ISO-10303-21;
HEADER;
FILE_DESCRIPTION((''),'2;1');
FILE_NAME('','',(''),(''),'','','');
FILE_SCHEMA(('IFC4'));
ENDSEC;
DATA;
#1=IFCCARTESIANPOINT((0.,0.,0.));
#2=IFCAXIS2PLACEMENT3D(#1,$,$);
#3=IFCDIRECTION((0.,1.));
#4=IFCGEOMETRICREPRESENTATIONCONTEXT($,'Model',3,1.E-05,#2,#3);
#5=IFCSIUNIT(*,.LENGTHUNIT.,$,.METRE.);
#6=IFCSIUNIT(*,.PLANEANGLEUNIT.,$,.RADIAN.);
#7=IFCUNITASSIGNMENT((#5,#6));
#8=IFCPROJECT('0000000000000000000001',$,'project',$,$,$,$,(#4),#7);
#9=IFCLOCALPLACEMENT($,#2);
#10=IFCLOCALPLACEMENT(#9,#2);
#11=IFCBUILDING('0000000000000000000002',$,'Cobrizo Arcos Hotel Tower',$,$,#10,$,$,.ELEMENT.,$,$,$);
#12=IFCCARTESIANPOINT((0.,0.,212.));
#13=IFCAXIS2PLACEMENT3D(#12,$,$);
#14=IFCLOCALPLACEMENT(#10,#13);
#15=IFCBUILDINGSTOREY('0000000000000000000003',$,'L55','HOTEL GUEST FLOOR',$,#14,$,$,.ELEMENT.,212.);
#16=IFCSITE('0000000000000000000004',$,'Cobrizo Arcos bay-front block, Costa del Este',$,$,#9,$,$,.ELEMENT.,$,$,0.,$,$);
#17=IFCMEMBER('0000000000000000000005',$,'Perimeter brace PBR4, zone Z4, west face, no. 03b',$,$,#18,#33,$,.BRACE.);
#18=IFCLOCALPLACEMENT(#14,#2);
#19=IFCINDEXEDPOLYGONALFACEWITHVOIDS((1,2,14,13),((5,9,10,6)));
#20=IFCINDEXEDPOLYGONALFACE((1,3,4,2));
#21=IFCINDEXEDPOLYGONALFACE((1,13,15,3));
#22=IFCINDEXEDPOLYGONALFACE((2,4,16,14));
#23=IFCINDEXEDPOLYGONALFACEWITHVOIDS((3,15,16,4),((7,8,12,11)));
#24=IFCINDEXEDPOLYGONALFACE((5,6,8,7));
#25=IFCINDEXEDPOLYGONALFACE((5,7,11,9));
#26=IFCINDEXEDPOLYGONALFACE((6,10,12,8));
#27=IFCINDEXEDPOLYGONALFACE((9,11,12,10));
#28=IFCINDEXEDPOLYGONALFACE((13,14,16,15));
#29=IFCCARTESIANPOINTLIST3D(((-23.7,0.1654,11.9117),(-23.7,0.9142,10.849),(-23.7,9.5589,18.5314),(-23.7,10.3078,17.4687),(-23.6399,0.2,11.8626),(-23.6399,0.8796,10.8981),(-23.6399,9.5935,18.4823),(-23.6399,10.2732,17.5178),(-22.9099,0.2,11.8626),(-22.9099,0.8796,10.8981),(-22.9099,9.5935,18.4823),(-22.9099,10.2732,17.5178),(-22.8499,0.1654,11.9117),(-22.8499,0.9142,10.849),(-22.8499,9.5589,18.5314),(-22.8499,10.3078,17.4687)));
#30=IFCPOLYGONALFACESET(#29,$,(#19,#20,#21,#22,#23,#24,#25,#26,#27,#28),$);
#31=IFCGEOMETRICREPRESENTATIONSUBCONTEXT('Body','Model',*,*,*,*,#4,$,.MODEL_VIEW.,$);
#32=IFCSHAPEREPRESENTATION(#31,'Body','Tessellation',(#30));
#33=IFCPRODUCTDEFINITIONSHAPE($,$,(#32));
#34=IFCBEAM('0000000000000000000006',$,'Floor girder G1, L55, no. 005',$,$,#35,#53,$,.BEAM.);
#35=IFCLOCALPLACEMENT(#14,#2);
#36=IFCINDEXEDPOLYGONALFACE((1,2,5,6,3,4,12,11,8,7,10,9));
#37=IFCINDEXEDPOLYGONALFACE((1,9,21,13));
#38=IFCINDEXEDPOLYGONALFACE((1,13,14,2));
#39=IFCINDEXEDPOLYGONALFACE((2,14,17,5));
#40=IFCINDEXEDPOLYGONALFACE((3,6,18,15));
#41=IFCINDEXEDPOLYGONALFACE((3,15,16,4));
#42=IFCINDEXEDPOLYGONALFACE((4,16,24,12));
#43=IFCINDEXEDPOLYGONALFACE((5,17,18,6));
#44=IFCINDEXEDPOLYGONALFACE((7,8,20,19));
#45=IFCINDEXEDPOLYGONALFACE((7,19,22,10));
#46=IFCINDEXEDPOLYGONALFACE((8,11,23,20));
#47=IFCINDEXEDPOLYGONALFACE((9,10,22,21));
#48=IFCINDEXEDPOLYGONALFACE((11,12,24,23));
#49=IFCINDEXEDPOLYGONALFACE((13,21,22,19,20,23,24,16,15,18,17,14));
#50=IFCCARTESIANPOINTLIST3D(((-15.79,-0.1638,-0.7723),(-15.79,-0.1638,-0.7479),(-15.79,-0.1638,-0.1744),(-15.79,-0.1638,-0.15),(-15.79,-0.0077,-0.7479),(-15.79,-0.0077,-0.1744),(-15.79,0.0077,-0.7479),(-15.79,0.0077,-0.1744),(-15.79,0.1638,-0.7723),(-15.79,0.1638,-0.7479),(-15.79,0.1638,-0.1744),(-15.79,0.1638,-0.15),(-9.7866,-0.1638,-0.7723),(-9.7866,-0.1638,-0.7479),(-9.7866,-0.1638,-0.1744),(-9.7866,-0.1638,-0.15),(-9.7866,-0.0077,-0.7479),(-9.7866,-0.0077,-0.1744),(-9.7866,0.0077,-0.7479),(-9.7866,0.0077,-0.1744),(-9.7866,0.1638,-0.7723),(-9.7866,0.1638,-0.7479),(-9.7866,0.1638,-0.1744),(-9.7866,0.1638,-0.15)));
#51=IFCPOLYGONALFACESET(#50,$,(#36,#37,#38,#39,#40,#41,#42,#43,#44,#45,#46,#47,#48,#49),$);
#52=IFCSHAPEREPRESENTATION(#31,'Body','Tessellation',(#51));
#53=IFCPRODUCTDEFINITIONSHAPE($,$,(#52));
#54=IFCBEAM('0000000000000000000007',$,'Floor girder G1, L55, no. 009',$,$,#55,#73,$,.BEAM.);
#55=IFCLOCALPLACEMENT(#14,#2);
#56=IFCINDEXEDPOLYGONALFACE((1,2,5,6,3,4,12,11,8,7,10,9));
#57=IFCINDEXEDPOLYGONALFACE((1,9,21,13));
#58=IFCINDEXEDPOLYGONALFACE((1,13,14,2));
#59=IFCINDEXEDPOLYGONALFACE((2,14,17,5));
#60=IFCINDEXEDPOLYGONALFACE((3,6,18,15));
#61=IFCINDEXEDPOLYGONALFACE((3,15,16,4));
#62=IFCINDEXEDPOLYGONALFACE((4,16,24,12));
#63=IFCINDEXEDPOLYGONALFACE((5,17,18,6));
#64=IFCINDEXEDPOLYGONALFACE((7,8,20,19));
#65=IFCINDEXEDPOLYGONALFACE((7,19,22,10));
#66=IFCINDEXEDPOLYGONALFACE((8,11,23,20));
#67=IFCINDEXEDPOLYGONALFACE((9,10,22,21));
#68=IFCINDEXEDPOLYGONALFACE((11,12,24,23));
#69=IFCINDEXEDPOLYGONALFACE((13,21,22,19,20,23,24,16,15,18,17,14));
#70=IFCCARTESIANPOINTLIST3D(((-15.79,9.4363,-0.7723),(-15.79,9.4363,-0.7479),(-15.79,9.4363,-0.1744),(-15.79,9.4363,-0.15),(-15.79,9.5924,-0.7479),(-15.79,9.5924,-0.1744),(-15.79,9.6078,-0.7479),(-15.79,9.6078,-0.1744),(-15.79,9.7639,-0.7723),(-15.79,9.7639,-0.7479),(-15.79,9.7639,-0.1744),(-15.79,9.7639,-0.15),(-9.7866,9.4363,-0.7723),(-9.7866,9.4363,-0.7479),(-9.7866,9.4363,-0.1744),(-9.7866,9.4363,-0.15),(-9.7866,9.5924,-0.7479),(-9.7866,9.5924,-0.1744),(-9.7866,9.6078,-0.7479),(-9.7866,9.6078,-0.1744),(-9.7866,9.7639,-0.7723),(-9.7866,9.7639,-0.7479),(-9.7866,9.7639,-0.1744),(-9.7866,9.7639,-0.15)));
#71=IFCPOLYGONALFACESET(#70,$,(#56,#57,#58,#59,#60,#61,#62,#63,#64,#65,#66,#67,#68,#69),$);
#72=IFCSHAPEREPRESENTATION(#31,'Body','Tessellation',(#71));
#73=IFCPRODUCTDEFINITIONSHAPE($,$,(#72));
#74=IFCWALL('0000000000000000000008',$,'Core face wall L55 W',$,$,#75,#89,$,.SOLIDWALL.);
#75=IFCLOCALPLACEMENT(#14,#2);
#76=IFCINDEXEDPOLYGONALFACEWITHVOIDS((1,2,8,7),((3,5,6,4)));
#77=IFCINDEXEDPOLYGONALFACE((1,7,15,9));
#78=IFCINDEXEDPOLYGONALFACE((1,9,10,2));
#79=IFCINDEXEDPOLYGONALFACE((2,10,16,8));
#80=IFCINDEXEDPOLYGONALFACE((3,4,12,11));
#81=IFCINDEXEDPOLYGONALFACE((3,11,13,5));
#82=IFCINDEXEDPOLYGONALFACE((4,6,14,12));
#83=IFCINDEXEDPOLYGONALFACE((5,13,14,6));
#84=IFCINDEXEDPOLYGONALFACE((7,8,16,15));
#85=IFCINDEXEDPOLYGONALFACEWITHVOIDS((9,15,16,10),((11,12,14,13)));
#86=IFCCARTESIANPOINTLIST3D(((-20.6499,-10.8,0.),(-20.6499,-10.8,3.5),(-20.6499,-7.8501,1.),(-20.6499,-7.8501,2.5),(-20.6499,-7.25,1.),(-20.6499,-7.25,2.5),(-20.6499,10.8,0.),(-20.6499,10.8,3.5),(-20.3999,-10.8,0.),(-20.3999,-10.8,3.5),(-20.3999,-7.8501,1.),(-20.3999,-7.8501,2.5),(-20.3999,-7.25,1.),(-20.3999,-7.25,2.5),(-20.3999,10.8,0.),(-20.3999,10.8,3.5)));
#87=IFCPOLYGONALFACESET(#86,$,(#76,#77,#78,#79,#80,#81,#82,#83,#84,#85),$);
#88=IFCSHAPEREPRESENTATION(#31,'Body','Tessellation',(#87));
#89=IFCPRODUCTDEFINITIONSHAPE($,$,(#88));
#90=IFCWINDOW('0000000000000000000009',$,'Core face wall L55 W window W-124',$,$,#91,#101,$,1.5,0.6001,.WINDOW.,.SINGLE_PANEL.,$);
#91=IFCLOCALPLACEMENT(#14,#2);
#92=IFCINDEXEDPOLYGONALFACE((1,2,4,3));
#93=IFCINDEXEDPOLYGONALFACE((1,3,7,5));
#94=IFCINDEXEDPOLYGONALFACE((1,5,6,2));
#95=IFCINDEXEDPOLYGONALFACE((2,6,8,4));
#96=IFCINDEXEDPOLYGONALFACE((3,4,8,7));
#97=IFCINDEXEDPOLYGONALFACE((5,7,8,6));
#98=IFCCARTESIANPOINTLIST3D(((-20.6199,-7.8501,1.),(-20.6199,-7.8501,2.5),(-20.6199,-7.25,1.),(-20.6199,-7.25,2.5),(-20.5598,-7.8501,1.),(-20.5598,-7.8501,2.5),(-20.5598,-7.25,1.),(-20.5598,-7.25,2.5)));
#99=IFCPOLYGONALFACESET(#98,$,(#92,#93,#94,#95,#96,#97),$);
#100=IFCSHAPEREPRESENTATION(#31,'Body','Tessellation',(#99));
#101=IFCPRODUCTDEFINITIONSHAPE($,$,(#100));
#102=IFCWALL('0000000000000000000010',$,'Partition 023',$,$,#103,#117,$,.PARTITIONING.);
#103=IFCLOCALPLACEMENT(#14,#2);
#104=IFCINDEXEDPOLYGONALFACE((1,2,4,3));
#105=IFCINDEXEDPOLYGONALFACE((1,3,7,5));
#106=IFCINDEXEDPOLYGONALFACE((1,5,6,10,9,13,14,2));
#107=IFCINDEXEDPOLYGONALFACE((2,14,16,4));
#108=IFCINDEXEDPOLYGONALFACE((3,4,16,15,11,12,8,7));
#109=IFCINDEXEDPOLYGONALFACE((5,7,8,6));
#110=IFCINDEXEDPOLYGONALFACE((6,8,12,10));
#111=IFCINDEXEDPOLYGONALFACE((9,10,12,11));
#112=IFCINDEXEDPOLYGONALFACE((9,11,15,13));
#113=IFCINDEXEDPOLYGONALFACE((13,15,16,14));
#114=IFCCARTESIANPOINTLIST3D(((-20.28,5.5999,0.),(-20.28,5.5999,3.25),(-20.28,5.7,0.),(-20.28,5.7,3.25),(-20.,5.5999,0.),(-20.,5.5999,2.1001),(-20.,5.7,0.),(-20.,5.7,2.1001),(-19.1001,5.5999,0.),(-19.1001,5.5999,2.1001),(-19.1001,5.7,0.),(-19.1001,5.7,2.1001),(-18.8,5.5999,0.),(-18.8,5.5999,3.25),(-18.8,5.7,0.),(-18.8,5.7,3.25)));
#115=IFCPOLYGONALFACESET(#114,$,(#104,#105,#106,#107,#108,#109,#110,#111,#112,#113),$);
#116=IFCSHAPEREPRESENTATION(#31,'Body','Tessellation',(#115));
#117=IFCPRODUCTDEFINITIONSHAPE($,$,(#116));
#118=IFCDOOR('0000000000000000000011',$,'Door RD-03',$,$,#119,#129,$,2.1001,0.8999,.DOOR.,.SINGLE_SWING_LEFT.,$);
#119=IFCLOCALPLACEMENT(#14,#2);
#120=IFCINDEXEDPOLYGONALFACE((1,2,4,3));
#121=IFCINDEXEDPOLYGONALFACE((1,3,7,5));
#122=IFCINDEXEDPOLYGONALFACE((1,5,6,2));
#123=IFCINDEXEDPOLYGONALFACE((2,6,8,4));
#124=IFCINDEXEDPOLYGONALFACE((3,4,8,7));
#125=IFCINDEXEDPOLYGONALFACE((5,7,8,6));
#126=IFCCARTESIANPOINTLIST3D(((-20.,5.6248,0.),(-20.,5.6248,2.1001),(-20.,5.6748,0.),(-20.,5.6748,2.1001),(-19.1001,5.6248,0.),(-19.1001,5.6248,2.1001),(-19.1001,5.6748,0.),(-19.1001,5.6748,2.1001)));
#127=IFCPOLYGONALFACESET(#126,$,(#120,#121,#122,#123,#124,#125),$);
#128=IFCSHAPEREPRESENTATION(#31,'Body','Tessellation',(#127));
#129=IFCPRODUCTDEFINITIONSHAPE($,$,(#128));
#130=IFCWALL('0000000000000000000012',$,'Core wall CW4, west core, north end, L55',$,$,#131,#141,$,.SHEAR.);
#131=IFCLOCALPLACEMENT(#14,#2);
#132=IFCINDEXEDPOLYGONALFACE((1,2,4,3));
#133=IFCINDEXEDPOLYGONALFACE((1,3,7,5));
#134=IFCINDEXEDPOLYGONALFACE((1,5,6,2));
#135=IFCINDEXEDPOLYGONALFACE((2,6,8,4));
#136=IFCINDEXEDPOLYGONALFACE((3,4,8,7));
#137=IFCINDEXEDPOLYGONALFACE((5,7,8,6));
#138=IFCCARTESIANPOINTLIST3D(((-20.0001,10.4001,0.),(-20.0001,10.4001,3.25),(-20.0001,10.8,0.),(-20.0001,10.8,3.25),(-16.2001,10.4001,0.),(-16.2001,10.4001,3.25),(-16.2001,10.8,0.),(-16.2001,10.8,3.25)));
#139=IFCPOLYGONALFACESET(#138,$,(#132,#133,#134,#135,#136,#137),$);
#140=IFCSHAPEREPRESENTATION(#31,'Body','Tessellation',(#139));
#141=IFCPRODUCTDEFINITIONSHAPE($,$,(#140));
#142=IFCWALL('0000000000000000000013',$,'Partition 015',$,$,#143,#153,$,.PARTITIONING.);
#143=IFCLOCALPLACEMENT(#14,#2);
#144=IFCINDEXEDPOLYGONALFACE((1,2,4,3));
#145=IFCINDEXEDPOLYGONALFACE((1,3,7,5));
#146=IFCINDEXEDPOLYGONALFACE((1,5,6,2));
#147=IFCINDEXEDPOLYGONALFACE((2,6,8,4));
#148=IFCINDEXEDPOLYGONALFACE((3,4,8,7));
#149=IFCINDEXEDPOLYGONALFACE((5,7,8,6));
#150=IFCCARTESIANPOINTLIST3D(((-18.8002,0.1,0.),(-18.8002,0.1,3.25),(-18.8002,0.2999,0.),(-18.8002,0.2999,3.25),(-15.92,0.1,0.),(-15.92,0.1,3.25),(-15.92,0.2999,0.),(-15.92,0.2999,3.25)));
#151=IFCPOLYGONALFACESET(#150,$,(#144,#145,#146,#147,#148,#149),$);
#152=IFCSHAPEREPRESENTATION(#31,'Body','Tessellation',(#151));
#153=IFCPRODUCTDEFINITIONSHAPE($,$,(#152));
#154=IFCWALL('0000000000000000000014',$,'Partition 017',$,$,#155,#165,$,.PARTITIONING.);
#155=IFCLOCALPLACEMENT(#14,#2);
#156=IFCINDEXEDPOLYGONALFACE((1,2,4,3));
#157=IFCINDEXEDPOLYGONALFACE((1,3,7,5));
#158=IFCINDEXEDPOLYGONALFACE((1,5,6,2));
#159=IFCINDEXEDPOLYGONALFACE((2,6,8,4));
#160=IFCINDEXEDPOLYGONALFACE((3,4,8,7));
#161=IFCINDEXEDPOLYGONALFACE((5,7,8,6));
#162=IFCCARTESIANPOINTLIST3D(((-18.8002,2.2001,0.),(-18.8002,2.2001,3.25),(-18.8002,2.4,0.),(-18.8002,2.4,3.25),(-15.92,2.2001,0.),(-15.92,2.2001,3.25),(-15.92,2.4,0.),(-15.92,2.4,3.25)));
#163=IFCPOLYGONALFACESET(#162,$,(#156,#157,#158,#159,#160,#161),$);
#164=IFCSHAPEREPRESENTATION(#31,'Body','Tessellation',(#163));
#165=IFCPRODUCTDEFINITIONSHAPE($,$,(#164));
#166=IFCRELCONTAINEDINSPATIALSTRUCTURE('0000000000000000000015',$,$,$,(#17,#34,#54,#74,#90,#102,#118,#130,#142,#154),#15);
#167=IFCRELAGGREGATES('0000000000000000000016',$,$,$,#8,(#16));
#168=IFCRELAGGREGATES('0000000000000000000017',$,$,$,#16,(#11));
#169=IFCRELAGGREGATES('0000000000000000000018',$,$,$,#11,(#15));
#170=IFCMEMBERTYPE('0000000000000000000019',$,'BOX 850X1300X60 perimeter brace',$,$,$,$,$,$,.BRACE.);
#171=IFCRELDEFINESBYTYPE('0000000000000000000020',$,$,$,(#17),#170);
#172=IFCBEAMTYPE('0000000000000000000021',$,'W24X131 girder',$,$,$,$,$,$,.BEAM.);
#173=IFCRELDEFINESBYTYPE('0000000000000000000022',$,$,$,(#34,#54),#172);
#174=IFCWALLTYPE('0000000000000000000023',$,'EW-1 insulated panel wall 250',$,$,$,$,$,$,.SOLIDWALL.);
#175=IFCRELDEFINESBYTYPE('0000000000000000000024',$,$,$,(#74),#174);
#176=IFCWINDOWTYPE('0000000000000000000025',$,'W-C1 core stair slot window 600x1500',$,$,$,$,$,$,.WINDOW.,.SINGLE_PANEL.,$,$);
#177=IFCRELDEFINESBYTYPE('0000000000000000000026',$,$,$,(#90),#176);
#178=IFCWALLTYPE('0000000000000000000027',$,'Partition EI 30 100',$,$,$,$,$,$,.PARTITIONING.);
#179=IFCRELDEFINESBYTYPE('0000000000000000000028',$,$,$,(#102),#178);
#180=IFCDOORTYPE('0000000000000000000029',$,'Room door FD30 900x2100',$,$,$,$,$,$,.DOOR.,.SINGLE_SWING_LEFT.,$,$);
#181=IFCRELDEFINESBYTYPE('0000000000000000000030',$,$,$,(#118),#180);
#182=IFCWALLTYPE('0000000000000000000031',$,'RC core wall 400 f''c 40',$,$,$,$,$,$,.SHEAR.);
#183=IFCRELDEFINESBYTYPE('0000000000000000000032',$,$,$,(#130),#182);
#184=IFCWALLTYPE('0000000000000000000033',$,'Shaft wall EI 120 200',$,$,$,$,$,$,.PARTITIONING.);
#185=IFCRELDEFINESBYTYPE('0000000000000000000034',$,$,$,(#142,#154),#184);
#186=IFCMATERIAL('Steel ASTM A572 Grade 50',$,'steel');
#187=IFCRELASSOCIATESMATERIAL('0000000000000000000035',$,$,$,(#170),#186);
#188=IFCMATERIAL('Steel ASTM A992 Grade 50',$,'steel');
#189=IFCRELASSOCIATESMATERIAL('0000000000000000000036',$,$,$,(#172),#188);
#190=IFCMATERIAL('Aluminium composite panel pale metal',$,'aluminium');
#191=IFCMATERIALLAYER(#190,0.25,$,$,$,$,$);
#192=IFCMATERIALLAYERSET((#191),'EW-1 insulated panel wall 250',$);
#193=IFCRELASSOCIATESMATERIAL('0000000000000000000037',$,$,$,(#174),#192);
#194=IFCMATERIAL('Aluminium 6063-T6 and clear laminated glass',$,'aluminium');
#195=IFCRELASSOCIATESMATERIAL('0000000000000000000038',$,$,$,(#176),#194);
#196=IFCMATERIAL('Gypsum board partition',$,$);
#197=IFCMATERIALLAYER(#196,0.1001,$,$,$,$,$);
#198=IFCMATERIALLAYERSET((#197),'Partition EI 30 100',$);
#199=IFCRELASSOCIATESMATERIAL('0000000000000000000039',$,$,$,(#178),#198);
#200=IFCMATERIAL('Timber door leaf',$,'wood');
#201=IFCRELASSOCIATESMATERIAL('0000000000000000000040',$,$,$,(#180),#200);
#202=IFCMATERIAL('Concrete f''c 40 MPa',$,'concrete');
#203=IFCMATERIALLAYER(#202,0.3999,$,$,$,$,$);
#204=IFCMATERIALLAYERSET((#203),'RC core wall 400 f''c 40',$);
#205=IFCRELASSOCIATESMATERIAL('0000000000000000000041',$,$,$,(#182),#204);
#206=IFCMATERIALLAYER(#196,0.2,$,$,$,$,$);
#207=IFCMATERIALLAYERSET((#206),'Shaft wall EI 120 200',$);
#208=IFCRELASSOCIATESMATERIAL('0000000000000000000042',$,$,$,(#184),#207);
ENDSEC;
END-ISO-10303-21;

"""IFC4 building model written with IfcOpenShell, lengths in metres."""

from ifc_helpers import new_model, si_unit, direction, frame, frame_2d, origin, origin_2d, place, context, subcontext, project, spatial, rectangle, hollow_rectangle, i_section, extrude, material, layer, layer_set, material_profile, profile_set, type_object, element, fill, save


model = new_model("IFC4")

# Units and contexts
model_context = context("Model", 3, precision=1e-05, world=origin(), true_north=direction((0.0, 1.0)))
body_context = subcontext(model_context, "Body", "Model", "MODEL_VIEW")
ifc_project = project(units=[si_unit("LENGTHUNIT", "METRE"), si_unit("PLANEANGLEUNIT", "RADIAN")], contexts=[model_context])

# Site, building, storey
site_placement = place(None, origin())
site = spatial("IfcSite", under=ifc_project, at=site_placement, Name="Cobrizo Arcos bay-front block, Costa del Este", CompositionType="ELEMENT", RefElevation=0.0)
building_placement = place(site_placement, origin())
building = spatial("IfcBuilding", under=site, at=building_placement, Name="Cobrizo Arcos Hotel Tower", CompositionType="ELEMENT")
storey_placement = place(building_placement, frame((0.0, 0.0, 212.0)))
storey = spatial("IfcBuildingStorey", under=building, at=storey_placement, Name="L55", Description="HOTEL GUEST FLOOR", CompositionType="ELEMENT", Elevation=212.0)

# Member
ifc_material_1 = material(Name="Steel ASTM A572 Grade 50", Category="steel")
ifc_material_profile_1 = material_profile(ifc_material_1, hollow_rectangle(XDim=0.8501, YDim=1.3, WallThickness=0.0601, at=origin_2d()), Name="BOX 850X1300X60")
ifc_profile_set_1 = profile_set([ifc_material_profile_1], Name="Steel ASTM A572 Grade 50")
member_type = type_object("IfcMemberType", Name="BOX 850X1300X60 perimeter brace", PredefinedType="BRACE", material=ifc_profile_set_1)
member_placement = place(storey_placement, frame((-23.2749, 0.5398, 11.3804), z_axis=(0.0, 0.817423, 0.576037), x_axis=(-1.0, 0.0, 0.0)))
element("IfcMember", 1, at=member_placement, inside=storey, type_object=member_type, Name="Perimeter brace PBR4, zone Z4, west face, no. 03b", PredefinedType="BRACE", context=body_context, shape_type="SweptSolid", body=[
    extrude(hollow_rectangle(XDim=0.8501, YDim=1.3, WallThickness=0.0601, at=origin_2d()), origin(), (0.0, 0.0, 1.0), 11.4917),
])

# Beams
ifc_material_2 = material(Name="Steel ASTM A992 Grade 50", Category="steel")
ifc_material_profile_2 = material_profile(ifc_material_2, i_section(OverallWidth=0.3276, OverallDepth=0.6223, WebThickness=0.0154, FlangeThickness=0.0244, at=origin_2d()), Name="W24X131")
ifc_profile_set_2 = profile_set([ifc_material_profile_2], Name="Steel ASTM A992 Grade 50")
beam_type = type_object("IfcBeamType", Name="W24X131 girder", PredefinedType="BEAM", material=ifc_profile_set_2)
for number, where, z_axis, x_axis, name in (
    (2, (-15.79, 0.0, -0.4612), (1.0, 0.0, 0.0), (0.0, 1.0, 0.0), "Floor girder G1, L55, no. 005"),
    (3, (-15.79, 9.6001, -0.4612), (1.0, 0.0, 0.0), (0.0, 1.0, 0.0), "Floor girder G1, L55, no. 009"),
):
    element("IfcBeam", number, at=place(storey_placement, frame(where, z_axis=z_axis, x_axis=x_axis)), inside=storey, type_object=beam_type, Name=name, PredefinedType="BEAM", context=body_context, shape_type="SweptSolid", body=[
        extrude(i_section(OverallWidth=0.3276, OverallDepth=0.6223, WebThickness=0.0154, FlangeThickness=0.0244, at=origin_2d()), origin(), (0.0, 0.0, 1.0), 6.0034),
    ])

# Wall, opening, window
ifc_material_3 = material(Name="Aluminium composite panel pale metal", Category="aluminium")
ifc_layer_1 = layer(ifc_material_3, 0.25)
ifc_layer_set_1 = layer_set([ifc_layer_1], Name="EW-1 insulated panel wall 250")
wall_type_1 = type_object("IfcWallType", Name="EW-1 insulated panel wall 250", PredefinedType="SOLIDWALL", material=ifc_layer_set_1)
wall_1_placement = place(storey_placement, frame((-20.5249, 10.8, 0.0), z_axis=(0.0, 0.0, 1.0), x_axis=(0.0, -1.0, 0.0)))
wall_1 = element("IfcWall", 4, at=wall_1_placement, inside=storey, type_object=wall_type_1, Name="Core face wall L55 W", PredefinedType="SOLIDWALL", context=body_context, shape_type="SweptSolid", body=[
    extrude(rectangle(XDim=21.6001, YDim=0.25, at=frame_2d((10.8, 0.0))), origin(), (0.0, 0.0, 1.0), 3.5),
])
opening_1_placement = place(wall_1_placement, frame((18.05, 0.0, 1.0)))
opening_1 = element("IfcOpeningElement", 5, at=opening_1_placement, cuts=wall_1, PredefinedType="OPENING", context=body_context, shape_type="SweptSolid", body=[
    extrude(rectangle(XDim=0.6001, YDim=1.5, at=frame_2d((0.3, 0.75))), frame((0.0, 0.137, 0.0), z_axis=(0.0, -1.0, 0.0), x_axis=(1.0, 0.0, 0.0)), (0.0, 0.0, 1.0), 0.2739),
])
ifc_material_4 = material(Name="Aluminium 6063-T6 and clear laminated glass", Category="aluminium")
window_type = type_object("IfcWindowType", Name="W-C1 core stair slot window 600x1500", PartitioningType="SINGLE_PANEL", PredefinedType="WINDOW", material=ifc_material_4)
window_placement = place(opening_1_placement, origin())
window = element("IfcWindow", 6, at=window_placement, inside=storey, type_object=window_type, Name="Core face wall L55 W window W-124", OverallHeight=1.5, OverallWidth=0.6001, PartitioningType="SINGLE_PANEL", PredefinedType="WINDOW", context=body_context, shape_type="SweptSolid", body=[
    extrude(rectangle(XDim=0.6001, YDim=1.5, at=frame_2d((0.3, 0.75))), frame((0.0, -0.0349, 0.0), z_axis=(0.0, -1.0, 0.0), x_axis=(1.0, 0.0, 0.0)), (0.0, 0.0, 1.0), 0.0601),
])
fill(opening_1, window)

# Wall, opening, door
ifc_material_5 = material(Name="Gypsum board partition")
ifc_layer_2 = layer(ifc_material_5, 0.1001)
ifc_layer_set_2 = layer_set([ifc_layer_2], Name="Partition EI 30 100")
wall_type_2 = type_object("IfcWallType", Name="Partition EI 30 100", PredefinedType="PARTITIONING", material=ifc_layer_set_2)
wall_2_placement = place(storey_placement, frame((-20.28, 5.6499, 0.0), z_axis=(0.0, 0.0, 1.0), x_axis=(1.0, 0.0, 0.0)))
wall_2 = element("IfcWall", 7, at=wall_2_placement, inside=storey, type_object=wall_type_2, Name="Partition 023", PredefinedType="PARTITIONING", context=body_context, shape_type="SweptSolid", body=[
    extrude(rectangle(XDim=1.48, YDim=0.1001, at=frame_2d((0.74, 0.0))), origin(), (0.0, 0.0, 1.0), 3.25),
])
opening_2_placement = place(wall_2_placement, frame((0.28, 0.0, 0.0)))
opening_2 = element("IfcOpeningElement", 8, at=opening_2_placement, cuts=wall_2, PredefinedType="OPENING", context=body_context, shape_type="SweptSolid", body=[
    extrude(rectangle(XDim=0.8999, YDim=2.1001, at=frame_2d((0.45, 1.05))), frame((0.0, 0.062, 0.0), z_axis=(0.0, -1.0, 0.0), x_axis=(1.0, 0.0, 0.0)), (0.0, 0.0, 1.0), 0.124),
])
ifc_material_6 = material(Name="Timber door leaf", Category="wood")
door_type_1 = type_object("IfcDoorType", Name="Room door FD30 900x2100", OperationType="SINGLE_SWING_LEFT", PredefinedType="DOOR", material=ifc_material_6)
door_1_placement = place(opening_2_placement, origin())
door_1 = element("IfcDoor", 9, at=door_1_placement, inside=storey, type_object=door_type_1, Name="Door RD-03", OperationType="SINGLE_SWING_LEFT", OverallHeight=2.1001, OverallWidth=0.8999, PredefinedType="DOOR", context=body_context, shape_type="SweptSolid", body=[
    extrude(rectangle(XDim=0.8999, YDim=2.1001, at=frame_2d((0.45, 1.05))), frame((0.0, 0.0249, 0.0), z_axis=(0.0, -1.0, 0.0), x_axis=(1.0, 0.0, 0.0)), (0.0, 0.0, 1.0), 0.05),
])
fill(opening_2, door_1)

# Walls
ifc_material_7 = material(Name="Concrete f'c 40 MPa", Category="concrete")
ifc_layer_3 = layer(ifc_material_7, 0.3999)
ifc_layer_set_3 = layer_set([ifc_layer_3], Name="RC core wall 400 f'c 40")
wall_type_3 = type_object("IfcWallType", Name="RC core wall 400 f'c 40", PredefinedType="SHEAR", material=ifc_layer_set_3)
wall_3_placement = place(storey_placement, frame((-20.0, 10.6001, 0.0), z_axis=(0.0, 0.0, 1.0), x_axis=(1.0, 0.0, 0.0)))
element("IfcWall", 10, at=wall_3_placement, inside=storey, type_object=wall_type_3, Name="Core wall CW4, west core, north end, L55", PredefinedType="SHEAR", context=body_context, shape_type="SweptSolid", body=[
    extrude(rectangle(XDim=3.8, YDim=0.3999, at=frame_2d((1.8999, 0.0))), origin(), (0.0, 0.0, 1.0), 3.25),
])
ifc_layer_4 = layer(ifc_material_5, 0.2)
ifc_layer_set_4 = layer_set([ifc_layer_4], Name="Shaft wall EI 120 200")
wall_type_4 = type_object("IfcWallType", Name="Shaft wall EI 120 200", PredefinedType="PARTITIONING", material=ifc_layer_set_4)
for number, where, z_axis, x_axis, name in (
    (11, (-18.8, 0.2, 0.0), (0.0, 0.0, 1.0), (1.0, 0.0, 0.0), "Partition 015"),
    (12, (-18.8, 2.3, 0.0), (0.0, 0.0, 1.0), (1.0, 0.0, 0.0), "Partition 017"),
):
    element("IfcWall", number, at=place(storey_placement, frame(where, z_axis=z_axis, x_axis=x_axis)), inside=storey, type_object=wall_type_4, Name=name, PredefinedType="PARTITIONING", context=body_context, shape_type="SweptSolid", body=[
        extrude(rectangle(XDim=2.8801, YDim=0.2, at=frame_2d((1.4399, 0.0))), origin(), (0.0, 0.0, 1.0), 3.25),
    ])

save(model, "model.ifc")
